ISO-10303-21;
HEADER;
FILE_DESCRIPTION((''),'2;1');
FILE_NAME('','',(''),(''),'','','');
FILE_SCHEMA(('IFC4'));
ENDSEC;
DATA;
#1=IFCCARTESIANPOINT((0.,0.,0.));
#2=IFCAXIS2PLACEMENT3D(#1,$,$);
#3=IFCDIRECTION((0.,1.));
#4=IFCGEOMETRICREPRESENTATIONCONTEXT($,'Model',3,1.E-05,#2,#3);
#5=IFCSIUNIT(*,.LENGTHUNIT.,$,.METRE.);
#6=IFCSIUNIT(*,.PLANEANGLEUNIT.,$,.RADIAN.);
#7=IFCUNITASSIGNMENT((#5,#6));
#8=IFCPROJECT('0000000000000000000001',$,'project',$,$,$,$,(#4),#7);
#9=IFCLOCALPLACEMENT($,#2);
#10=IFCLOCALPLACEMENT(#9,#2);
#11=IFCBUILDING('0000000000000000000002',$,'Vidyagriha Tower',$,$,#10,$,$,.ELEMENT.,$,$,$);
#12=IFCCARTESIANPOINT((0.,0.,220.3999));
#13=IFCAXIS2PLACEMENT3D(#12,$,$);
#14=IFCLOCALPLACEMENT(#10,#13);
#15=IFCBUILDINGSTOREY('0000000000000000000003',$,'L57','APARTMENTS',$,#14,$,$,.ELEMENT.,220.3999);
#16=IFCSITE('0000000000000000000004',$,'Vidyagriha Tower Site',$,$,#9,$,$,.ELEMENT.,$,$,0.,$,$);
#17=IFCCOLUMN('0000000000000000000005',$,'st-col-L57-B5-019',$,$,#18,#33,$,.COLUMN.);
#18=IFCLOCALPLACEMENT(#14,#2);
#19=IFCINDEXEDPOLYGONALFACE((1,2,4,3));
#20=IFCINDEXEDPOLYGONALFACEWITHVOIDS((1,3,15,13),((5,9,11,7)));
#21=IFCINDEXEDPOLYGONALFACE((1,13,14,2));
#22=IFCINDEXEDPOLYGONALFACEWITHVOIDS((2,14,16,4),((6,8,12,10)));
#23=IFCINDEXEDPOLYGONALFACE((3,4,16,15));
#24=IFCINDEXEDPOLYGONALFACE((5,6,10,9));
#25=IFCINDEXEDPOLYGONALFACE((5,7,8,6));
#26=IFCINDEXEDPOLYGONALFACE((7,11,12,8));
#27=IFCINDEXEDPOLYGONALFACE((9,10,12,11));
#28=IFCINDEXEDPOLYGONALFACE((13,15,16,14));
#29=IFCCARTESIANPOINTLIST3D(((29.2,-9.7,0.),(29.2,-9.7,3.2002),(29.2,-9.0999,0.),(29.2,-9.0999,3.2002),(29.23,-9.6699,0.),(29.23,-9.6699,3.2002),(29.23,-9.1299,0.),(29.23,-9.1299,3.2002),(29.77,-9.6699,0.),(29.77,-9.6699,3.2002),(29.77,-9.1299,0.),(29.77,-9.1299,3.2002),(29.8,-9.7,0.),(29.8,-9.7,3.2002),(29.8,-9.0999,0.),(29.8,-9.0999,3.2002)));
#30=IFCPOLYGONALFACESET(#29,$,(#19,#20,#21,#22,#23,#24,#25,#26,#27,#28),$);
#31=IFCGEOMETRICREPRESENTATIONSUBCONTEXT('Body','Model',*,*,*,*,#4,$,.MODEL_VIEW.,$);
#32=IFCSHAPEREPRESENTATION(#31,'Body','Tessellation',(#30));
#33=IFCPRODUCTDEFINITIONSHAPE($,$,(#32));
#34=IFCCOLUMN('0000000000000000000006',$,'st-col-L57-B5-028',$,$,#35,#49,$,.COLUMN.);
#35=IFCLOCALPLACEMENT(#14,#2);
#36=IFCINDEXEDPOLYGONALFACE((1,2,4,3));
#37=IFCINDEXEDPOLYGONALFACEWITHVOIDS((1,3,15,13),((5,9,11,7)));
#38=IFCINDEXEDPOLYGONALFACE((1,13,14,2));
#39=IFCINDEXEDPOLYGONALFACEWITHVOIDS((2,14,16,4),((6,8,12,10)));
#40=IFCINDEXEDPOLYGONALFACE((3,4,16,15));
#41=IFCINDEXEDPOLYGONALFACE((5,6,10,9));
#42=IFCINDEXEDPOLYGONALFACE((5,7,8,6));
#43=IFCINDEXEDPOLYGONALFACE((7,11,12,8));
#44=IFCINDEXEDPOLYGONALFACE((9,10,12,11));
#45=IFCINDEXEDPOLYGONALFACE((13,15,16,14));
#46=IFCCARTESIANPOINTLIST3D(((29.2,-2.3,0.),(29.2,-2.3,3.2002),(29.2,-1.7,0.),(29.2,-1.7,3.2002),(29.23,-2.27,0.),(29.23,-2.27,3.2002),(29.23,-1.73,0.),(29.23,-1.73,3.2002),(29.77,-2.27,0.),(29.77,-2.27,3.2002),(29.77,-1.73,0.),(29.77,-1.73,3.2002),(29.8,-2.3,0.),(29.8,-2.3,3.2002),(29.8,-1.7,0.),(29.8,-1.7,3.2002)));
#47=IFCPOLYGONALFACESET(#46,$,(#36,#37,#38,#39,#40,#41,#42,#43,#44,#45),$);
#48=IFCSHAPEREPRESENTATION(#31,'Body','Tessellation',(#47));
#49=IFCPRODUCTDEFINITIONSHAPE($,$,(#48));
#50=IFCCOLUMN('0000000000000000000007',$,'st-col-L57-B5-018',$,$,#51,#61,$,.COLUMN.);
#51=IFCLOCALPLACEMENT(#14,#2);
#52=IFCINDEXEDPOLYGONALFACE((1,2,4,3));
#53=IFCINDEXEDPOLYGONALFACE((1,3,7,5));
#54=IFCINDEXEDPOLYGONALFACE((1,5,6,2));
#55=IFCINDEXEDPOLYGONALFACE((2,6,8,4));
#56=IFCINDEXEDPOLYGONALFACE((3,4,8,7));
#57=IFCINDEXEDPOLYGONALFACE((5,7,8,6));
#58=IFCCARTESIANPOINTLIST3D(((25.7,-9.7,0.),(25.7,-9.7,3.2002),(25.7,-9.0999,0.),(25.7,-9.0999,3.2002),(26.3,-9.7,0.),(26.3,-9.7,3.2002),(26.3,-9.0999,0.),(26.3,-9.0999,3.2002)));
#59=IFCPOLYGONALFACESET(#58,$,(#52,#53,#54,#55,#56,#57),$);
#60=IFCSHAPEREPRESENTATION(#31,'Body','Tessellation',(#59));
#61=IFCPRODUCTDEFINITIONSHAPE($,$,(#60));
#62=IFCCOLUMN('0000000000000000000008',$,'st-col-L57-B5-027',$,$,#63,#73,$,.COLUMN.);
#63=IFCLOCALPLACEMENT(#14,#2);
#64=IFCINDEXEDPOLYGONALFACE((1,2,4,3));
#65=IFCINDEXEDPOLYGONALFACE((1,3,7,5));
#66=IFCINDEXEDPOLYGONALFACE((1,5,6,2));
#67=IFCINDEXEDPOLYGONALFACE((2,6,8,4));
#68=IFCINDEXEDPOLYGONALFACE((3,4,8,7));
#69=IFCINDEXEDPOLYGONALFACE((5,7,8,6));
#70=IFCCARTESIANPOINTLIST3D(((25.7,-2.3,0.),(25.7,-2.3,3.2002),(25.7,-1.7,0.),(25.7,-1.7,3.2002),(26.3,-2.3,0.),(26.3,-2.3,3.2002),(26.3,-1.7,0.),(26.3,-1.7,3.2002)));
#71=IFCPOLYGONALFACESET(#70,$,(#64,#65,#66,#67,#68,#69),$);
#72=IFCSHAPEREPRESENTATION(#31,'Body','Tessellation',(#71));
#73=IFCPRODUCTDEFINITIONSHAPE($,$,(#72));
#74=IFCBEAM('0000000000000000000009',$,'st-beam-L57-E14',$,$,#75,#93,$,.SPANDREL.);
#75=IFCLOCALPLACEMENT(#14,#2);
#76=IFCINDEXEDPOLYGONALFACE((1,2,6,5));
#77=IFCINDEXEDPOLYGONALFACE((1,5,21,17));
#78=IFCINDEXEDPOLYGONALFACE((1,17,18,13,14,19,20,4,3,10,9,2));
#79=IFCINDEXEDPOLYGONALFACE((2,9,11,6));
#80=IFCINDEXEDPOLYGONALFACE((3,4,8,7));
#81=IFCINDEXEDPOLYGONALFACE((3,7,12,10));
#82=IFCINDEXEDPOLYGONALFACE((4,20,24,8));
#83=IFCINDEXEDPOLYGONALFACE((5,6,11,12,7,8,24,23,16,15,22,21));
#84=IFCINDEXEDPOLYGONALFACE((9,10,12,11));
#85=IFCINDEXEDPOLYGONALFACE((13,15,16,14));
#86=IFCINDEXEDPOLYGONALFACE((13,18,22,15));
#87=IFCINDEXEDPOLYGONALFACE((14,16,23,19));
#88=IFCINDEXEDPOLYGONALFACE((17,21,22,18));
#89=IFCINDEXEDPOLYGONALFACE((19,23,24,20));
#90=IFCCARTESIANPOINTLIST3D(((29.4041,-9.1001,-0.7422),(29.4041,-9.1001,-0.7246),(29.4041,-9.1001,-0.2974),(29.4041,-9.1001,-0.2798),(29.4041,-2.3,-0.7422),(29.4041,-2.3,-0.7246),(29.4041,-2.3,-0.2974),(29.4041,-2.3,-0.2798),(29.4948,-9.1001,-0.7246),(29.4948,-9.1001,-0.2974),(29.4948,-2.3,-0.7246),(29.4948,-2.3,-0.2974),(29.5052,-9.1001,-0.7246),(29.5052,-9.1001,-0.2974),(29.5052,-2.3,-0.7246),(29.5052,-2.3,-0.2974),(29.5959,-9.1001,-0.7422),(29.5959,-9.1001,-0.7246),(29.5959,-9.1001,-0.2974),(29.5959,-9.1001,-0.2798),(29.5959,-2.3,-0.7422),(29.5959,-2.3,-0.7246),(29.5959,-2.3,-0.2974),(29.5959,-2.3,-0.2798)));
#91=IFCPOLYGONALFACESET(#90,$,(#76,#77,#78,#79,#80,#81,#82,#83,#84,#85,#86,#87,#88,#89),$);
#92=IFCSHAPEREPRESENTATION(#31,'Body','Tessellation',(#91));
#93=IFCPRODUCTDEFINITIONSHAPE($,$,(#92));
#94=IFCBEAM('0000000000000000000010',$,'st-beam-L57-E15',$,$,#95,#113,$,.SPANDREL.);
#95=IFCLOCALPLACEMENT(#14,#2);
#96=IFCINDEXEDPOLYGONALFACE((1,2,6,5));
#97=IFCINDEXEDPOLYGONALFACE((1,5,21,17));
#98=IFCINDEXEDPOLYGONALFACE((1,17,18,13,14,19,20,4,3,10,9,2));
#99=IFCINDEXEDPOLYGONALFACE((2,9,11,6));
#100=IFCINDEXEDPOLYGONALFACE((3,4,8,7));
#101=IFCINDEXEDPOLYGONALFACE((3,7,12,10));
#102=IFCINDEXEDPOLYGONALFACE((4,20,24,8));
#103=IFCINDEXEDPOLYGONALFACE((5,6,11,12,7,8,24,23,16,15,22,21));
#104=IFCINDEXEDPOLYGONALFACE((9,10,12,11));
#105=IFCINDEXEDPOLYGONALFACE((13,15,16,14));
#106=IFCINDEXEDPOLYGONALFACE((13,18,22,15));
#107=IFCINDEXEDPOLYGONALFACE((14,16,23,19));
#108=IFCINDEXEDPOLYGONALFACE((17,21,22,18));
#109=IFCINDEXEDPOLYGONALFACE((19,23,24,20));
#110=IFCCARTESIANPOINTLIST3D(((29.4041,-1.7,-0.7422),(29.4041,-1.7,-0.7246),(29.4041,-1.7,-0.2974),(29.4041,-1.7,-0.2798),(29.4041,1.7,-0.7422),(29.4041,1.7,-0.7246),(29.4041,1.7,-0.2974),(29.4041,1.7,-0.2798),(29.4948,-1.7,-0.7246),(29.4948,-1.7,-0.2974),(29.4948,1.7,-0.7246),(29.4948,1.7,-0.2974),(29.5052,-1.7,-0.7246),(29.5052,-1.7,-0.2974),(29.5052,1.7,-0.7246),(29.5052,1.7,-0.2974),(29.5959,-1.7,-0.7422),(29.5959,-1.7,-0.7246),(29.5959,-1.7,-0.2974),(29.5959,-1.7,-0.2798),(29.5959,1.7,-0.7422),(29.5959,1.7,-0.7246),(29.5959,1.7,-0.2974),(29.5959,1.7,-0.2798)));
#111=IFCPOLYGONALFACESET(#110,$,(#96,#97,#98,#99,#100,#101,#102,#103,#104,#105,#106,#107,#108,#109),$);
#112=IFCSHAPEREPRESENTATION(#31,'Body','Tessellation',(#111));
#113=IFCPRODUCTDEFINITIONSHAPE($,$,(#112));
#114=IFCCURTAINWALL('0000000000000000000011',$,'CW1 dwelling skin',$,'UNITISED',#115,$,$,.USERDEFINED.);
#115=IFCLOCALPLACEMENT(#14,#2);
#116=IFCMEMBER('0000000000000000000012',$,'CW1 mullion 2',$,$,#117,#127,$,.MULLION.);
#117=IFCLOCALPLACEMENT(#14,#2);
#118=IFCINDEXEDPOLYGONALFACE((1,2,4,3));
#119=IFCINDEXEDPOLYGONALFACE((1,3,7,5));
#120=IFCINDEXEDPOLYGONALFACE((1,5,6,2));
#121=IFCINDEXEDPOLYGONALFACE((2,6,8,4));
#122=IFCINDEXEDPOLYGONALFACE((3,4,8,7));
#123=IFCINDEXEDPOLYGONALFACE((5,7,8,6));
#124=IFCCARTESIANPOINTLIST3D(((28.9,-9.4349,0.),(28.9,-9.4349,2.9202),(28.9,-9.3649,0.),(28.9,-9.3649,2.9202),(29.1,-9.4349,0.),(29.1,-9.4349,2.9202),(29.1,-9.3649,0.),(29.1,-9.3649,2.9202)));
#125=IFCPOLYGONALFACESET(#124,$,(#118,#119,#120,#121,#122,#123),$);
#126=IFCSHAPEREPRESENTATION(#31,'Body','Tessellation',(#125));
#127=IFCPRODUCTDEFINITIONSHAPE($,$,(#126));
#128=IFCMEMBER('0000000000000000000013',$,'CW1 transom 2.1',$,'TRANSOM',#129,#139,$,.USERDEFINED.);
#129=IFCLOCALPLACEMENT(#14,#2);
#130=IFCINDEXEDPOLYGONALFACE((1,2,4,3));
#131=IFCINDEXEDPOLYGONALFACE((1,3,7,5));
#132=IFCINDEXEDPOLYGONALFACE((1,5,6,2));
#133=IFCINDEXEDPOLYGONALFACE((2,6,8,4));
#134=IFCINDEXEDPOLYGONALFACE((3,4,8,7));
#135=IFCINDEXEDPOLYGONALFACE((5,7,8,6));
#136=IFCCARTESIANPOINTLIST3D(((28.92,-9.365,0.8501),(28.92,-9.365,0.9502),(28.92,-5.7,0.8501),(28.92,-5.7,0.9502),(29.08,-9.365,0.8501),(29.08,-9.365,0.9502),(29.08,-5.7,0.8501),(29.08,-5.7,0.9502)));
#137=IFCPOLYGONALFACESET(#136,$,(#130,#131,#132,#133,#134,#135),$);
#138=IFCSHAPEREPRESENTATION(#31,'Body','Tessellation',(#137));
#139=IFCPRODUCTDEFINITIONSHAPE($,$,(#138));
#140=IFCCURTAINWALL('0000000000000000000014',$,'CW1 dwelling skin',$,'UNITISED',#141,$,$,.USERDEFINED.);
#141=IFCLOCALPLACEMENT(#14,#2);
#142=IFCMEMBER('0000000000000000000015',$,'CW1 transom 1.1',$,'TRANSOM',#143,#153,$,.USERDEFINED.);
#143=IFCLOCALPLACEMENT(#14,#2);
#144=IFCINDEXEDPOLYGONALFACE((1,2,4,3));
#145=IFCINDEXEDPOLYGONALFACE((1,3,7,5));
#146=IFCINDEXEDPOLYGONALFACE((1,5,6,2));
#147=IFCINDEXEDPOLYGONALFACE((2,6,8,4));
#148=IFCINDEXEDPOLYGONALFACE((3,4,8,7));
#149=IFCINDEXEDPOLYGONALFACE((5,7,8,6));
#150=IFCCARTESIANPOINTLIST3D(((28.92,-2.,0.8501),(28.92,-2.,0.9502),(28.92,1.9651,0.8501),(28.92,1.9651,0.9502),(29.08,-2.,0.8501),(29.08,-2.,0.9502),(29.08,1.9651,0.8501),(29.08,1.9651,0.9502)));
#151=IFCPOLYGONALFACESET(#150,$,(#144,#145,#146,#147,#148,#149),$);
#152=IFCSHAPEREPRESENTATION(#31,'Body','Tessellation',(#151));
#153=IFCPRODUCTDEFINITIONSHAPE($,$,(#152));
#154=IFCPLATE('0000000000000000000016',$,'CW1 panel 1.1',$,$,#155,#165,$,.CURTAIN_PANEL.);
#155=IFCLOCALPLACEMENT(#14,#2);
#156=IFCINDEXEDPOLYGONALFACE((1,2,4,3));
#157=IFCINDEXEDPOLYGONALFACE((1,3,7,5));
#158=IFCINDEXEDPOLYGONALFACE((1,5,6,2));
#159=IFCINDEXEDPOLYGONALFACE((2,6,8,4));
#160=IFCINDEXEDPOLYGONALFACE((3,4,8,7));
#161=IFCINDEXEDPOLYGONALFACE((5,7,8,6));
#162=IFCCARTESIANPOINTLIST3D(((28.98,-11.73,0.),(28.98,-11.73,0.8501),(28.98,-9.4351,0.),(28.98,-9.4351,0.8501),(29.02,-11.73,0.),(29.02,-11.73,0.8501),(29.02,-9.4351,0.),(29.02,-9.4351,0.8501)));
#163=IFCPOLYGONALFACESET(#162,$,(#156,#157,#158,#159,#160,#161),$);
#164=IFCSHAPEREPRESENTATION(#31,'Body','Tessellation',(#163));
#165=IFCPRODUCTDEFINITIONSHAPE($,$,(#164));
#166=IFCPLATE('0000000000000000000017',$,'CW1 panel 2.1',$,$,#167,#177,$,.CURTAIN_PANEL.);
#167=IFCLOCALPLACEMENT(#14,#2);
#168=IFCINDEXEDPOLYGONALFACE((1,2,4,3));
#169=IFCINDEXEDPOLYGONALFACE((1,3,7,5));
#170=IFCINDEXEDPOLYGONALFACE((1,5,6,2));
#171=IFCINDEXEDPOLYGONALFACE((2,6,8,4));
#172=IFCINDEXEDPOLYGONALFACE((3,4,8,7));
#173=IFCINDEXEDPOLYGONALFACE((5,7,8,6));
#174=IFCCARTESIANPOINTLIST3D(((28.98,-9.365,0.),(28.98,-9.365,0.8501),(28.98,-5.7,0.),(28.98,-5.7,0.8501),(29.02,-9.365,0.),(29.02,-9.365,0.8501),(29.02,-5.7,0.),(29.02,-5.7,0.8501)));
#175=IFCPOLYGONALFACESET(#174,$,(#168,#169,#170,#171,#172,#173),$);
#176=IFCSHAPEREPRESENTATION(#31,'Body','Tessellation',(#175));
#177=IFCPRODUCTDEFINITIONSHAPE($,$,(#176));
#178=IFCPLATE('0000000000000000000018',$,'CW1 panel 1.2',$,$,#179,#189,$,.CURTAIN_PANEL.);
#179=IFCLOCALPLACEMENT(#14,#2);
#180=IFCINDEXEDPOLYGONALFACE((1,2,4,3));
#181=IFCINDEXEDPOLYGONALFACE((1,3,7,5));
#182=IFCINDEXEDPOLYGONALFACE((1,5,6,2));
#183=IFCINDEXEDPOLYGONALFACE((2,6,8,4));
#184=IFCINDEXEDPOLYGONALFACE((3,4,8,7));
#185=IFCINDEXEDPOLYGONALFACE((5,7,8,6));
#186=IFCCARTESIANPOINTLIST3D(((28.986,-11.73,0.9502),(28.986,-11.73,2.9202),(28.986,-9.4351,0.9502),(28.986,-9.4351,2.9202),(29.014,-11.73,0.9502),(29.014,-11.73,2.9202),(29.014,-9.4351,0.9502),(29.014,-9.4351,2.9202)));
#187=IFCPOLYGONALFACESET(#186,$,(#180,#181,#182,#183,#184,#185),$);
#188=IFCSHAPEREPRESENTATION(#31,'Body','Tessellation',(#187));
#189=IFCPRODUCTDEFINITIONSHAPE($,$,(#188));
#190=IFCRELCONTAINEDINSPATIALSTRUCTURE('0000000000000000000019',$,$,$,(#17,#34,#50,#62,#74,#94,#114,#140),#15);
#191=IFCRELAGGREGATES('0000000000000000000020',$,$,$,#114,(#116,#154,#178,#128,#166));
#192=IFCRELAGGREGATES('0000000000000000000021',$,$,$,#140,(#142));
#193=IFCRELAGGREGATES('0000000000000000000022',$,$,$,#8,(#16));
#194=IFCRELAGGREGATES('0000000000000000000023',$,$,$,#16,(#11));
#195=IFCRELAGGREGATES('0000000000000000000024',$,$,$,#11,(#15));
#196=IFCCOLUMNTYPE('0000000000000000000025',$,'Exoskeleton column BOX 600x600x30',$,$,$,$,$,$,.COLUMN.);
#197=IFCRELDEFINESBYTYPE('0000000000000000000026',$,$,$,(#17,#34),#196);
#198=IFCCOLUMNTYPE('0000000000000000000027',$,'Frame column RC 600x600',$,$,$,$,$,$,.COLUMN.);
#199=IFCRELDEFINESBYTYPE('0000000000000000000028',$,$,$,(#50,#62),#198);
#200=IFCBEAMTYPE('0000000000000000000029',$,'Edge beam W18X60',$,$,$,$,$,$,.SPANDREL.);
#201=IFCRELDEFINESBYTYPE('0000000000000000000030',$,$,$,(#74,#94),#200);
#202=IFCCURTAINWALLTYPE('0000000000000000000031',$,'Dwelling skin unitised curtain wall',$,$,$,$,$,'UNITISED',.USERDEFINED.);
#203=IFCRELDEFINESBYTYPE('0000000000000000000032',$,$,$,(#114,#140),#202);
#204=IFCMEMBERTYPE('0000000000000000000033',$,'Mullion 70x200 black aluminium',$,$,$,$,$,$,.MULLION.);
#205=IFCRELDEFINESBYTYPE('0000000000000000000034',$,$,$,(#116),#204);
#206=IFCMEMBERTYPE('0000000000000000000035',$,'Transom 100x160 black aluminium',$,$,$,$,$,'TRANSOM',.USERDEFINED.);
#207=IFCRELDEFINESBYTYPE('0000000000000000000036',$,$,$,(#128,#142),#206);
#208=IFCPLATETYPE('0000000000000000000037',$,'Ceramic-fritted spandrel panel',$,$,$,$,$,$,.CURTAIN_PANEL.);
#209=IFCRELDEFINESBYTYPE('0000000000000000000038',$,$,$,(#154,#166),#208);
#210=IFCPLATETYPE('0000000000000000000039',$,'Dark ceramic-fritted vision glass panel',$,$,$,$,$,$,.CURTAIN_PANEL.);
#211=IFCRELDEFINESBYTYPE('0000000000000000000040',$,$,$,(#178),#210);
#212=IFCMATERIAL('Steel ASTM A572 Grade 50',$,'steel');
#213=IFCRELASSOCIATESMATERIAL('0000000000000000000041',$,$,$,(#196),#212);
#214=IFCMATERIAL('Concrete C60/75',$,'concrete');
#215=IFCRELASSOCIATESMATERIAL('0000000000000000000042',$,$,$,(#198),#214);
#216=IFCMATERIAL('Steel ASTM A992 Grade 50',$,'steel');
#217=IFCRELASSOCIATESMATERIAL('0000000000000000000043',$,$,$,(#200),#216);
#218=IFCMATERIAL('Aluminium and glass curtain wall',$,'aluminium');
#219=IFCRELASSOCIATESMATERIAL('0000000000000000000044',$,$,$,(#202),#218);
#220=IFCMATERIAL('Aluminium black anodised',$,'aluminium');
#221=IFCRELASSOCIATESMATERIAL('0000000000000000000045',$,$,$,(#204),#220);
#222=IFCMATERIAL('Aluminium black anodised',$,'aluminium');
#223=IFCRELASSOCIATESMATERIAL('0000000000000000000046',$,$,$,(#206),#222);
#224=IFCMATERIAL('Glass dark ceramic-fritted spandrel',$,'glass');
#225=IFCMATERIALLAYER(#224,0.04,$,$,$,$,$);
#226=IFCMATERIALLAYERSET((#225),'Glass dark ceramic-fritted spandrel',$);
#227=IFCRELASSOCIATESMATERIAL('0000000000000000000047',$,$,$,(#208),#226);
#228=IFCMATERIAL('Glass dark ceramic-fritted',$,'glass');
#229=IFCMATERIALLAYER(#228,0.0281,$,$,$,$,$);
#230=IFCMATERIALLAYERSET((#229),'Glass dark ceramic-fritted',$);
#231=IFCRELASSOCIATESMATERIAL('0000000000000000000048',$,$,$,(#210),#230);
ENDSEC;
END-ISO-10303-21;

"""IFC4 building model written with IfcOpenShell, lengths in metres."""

from ifc_helpers import new_model, si_unit, direction, frame, origin, origin_2d, place, context, subcontext, project, spatial, rectangle, hollow_rectangle, i_section, extrude, material, layer, layer_set, material_profile, profile_set, type_object, element, aggregate, save


model = new_model("IFC4")

# Units and contexts
model_context = context("Model", 3, precision=1e-05, world=origin(), true_north=direction((0.0, 1.0)))
body_context = subcontext(model_context, "Body", "Model", "MODEL_VIEW")
ifc_project = project(units=[si_unit("LENGTHUNIT", "METRE"), si_unit("PLANEANGLEUNIT", "RADIAN")], contexts=[model_context])

# Site, building, storey
site_placement = place(None, origin())
site = spatial("IfcSite", under=ifc_project, at=site_placement, Name="Vidyagriha Tower Site", CompositionType="ELEMENT", RefElevation=0.0)
building_placement = place(site_placement, origin())
building = spatial("IfcBuilding", under=site, at=building_placement, Name="Vidyagriha Tower", CompositionType="ELEMENT")
storey_placement = place(building_placement, frame((0.0, 0.0, 220.3999)))
storey = spatial("IfcBuildingStorey", under=building, at=storey_placement, Name="L57", Description="APARTMENTS", CompositionType="ELEMENT", Elevation=220.3999)

# Columns
ifc_material_1 = material(Name="Steel ASTM A572 Grade 50", Category="steel")
ifc_material_profile_1 = material_profile(ifc_material_1, hollow_rectangle(XDim=0.6001, YDim=0.6001, WallThickness=0.03, at=origin_2d()), Name="BOX 600x600x30")
ifc_profile_set_1 = profile_set([ifc_material_profile_1], Name="Steel ASTM A572 Grade 50")
column_type_1 = type_object("IfcColumnType", Name="Exoskeleton column BOX 600x600x30", PredefinedType="COLUMN", material=ifc_profile_set_1)
for number, where, name in (
    (1, (29.5, -9.3999, 0.0), "st-col-L57-B5-019"),
    (2, (29.5, -2.0, 0.0), "st-col-L57-B5-028"),
):
    element("IfcColumn", number, at=place(storey_placement, frame(where)), inside=storey, type_object=column_type_1, Name=name, PredefinedType="COLUMN", context=body_context, shape_type="SweptSolid", body=[
        extrude(hollow_rectangle(XDim=0.6001, YDim=0.6001, WallThickness=0.03, at=origin_2d()), origin(), (0.0, 0.0, 1.0), 3.2002),
    ])
ifc_material_2 = material(Name="Concrete C60/75", Category="concrete")
ifc_material_profile_2 = material_profile(ifc_material_2, rectangle(XDim=0.6001, YDim=0.6001, at=origin_2d()), Name="RC 600x600")
ifc_profile_set_2 = profile_set([ifc_material_profile_2], Name="Concrete C60/75")
column_type_2 = type_object("IfcColumnType", Name="Frame column RC 600x600", PredefinedType="COLUMN", material=ifc_profile_set_2)
for number, where, name in (
    (3, (26.0, -9.3999, 0.0), "st-col-L57-B5-018"),
    (4, (26.0, -2.0, 0.0), "st-col-L57-B5-027"),
):
    element("IfcColumn", number, at=place(storey_placement, frame(where)), inside=storey, type_object=column_type_2, Name=name, PredefinedType="COLUMN", context=body_context, shape_type="SweptSolid", body=[
        extrude(rectangle(XDim=0.6001, YDim=0.6001, at=origin_2d()), origin(), (0.0, 0.0, 1.0), 3.2002),
    ])

# Beams
ifc_material_3 = material(Name="Steel ASTM A992 Grade 50", Category="steel")
ifc_material_profile_3 = material_profile(ifc_material_3, i_section(OverallWidth=0.1919, OverallDepth=0.4624, WebThickness=0.0105, FlangeThickness=0.0176, at=origin_2d()), Name="W18X60")
ifc_profile_set_3 = profile_set([ifc_material_profile_3], Name="Steel ASTM A992 Grade 50")
beam_type = type_object("IfcBeamType", Name="Edge beam W18X60", PredefinedType="SPANDREL", material=ifc_profile_set_3)
beam_1_placement = place(storey_placement, frame((29.5, -9.1001, -0.511), z_axis=(0.0, 1.0, 0.0), x_axis=(-1.0, 0.0, 0.0)))
element("IfcBeam", 5, at=beam_1_placement, inside=storey, type_object=beam_type, Name="st-beam-L57-E14", PredefinedType="SPANDREL", context=body_context, shape_type="SweptSolid", body=[
    extrude(i_section(OverallWidth=0.1919, OverallDepth=0.4624, WebThickness=0.0105, FlangeThickness=0.0176, at=origin_2d()), origin(), (0.0, 0.0, 1.0), 6.8),
])
beam_2_placement = place(storey_placement, frame((29.5, -1.7, -0.511), z_axis=(0.0, 1.0, 0.0), x_axis=(-1.0, 0.0, 0.0)))
element("IfcBeam", 6, at=beam_2_placement, inside=storey, type_object=beam_type, Name="st-beam-L57-E15", PredefinedType="SPANDREL", context=body_context, shape_type="SweptSolid", body=[
    extrude(i_section(OverallWidth=0.1919, OverallDepth=0.4624, WebThickness=0.0105, FlangeThickness=0.0176, at=origin_2d()), origin(), (0.0, 0.0, 1.0), 3.3999),
])

# Curtain wall, members
ifc_material_4 = material(Name="Aluminium and glass curtain wall", Category="aluminium")
curtain_wall_type = type_object("IfcCurtainWallType", Name="Dwelling skin unitised curtain wall", ElementType="UNITISED", PredefinedType="USERDEFINED", material=ifc_material_4)
curtain_wall_1_placement = place(storey_placement, origin())
curtain_wall_1 = element("IfcCurtainWall", 7, at=curtain_wall_1_placement, inside=storey, type_object=curtain_wall_type, Name="CW1 dwelling skin", ObjectType="UNITISED", PredefinedType="USERDEFINED")
ifc_material_5 = material(Name="Aluminium black anodised", Category="aluminium")
ifc_material_profile_4 = material_profile(ifc_material_5, rectangle(XDim=0.2, YDim=0.0701, at=origin_2d()), Name="Mullion 70x200 black aluminium")
ifc_profile_set_4 = profile_set([ifc_material_profile_4], Name="Aluminium black anodised")
member_type_1 = type_object("IfcMemberType", Name="Mullion 70x200 black aluminium", PredefinedType="MULLION", material=ifc_profile_set_4)
member_1_placement = place(storey_placement, frame((29.0, -9.3999, 0.0), z_axis=(0.0, 0.0, 1.0), x_axis=(-1.0, 0.0, 0.0)))
member_1 = element("IfcMember", 8, at=member_1_placement, type_object=member_type_1, Name="CW1 mullion 2", PredefinedType="MULLION", context=body_context, shape_type="SweptSolid", body=[
    extrude(rectangle(XDim=0.2, YDim=0.0701, at=origin_2d()), origin(), (0.0, 0.0, 1.0), 2.9202),
])
ifc_material_6 = material(Name="Aluminium black anodised", Category="aluminium")
ifc_material_profile_5 = material_profile(ifc_material_6, rectangle(XDim=0.1599, YDim=0.1001, at=origin_2d()), Name="Transom 100x160 black aluminium")
ifc_profile_set_5 = profile_set([ifc_material_profile_5], Name="Aluminium black anodised")
member_type_2 = type_object("IfcMemberType", Name="Transom 100x160 black aluminium", ElementType="TRANSOM", PredefinedType="USERDEFINED", material=ifc_profile_set_5)
member_2_placement = place(storey_placement, frame((29.0, -9.365, 0.9001), z_axis=(0.0, 1.0, 0.0), x_axis=(-1.0, 0.0, 0.0)))
member_2 = element("IfcMember", 9, at=member_2_placement, type_object=member_type_2, Name="CW1 transom 2.1", ObjectType="TRANSOM", PredefinedType="USERDEFINED", context=body_context, shape_type="SweptSolid", body=[
    extrude(rectangle(XDim=0.1599, YDim=0.1001, at=origin_2d()), origin(), (0.0, 0.0, 1.0), 3.665),
])

# Curtain wall, member
curtain_wall_2_placement = place(storey_placement, origin())
curtain_wall_2 = element("IfcCurtainWall", 10, at=curtain_wall_2_placement, inside=storey, type_object=curtain_wall_type, Name="CW1 dwelling skin", ObjectType="UNITISED", PredefinedType="USERDEFINED")
member_3_placement = place(storey_placement, frame((29.0, -2.0, 0.9001), z_axis=(0.0, 1.0, 0.0), x_axis=(-1.0, 0.0, 0.0)))
member_3 = element("IfcMember", 11, at=member_3_placement, type_object=member_type_2, Name="CW1 transom 1.1", ObjectType="TRANSOM", PredefinedType="USERDEFINED", context=body_context, shape_type="SweptSolid", body=[
    extrude(rectangle(XDim=0.1599, YDim=0.1001, at=origin_2d()), origin(), (0.0, 0.0, 1.0), 3.9651),
])

# Plates
ifc_material_7 = material(Name="Glass dark ceramic-fritted spandrel", Category="glass")
ifc_layer_1 = layer(ifc_material_7, 0.04)
ifc_layer_set_1 = layer_set([ifc_layer_1], Name="Glass dark ceramic-fritted spandrel")
plate_type_1 = type_object("IfcPlateType", Name="Ceramic-fritted spandrel panel", PredefinedType="CURTAIN_PANEL", material=ifc_layer_set_1)
plate_1_placement = place(storey_placement, frame((29.0, -10.5825, 0.0), z_axis=(0.0, 0.0, 1.0), x_axis=(0.0, 1.0, 0.0)))
plate_1 = element("IfcPlate", 12, at=plate_1_placement, type_object=plate_type_1, Name="CW1 panel 1.1", PredefinedType="CURTAIN_PANEL", context=body_context, shape_type="SweptSolid", body=[
    extrude(rectangle(XDim=2.2949, YDim=0.04, at=origin_2d()), origin(), (0.0, 0.0, 1.0), 0.8501),
])
plate_2_placement = place(storey_placement, frame((29.0, -7.5325, 0.0), z_axis=(0.0, 0.0, 1.0), x_axis=(0.0, 1.0, 0.0)))
plate_2 = element("IfcPlate", 13, at=plate_2_placement, type_object=plate_type_1, Name="CW1 panel 2.1", PredefinedType="CURTAIN_PANEL", context=body_context, shape_type="SweptSolid", body=[
    extrude(rectangle(XDim=3.665, YDim=0.04, at=origin_2d()), origin(), (0.0, 0.0, 1.0), 0.8501),
])
ifc_material_8 = material(Name="Glass dark ceramic-fritted", Category="glass")
ifc_layer_2 = layer(ifc_material_8, 0.0281)
ifc_layer_set_2 = layer_set([ifc_layer_2], Name="Glass dark ceramic-fritted")
plate_type_2 = type_object("IfcPlateType", Name="Dark ceramic-fritted vision glass panel", PredefinedType="CURTAIN_PANEL", material=ifc_layer_set_2)
plate_3_placement = place(storey_placement, frame((29.0, -10.5825, 0.9502), z_axis=(0.0, 0.0, 1.0), x_axis=(0.0, 1.0, 0.0)))
plate_3 = element("IfcPlate", 14, at=plate_3_placement, type_object=plate_type_2, Name="CW1 panel 1.2", PredefinedType="CURTAIN_PANEL", context=body_context, shape_type="SweptSolid", body=[
    extrude(rectangle(XDim=2.2949, YDim=0.0281, at=origin_2d()), origin(), (0.0, 0.0, 1.0), 1.97),
])
aggregate(curtain_wall_1, [member_1, plate_1, plate_3, member_2, plate_2])
aggregate(curtain_wall_2, [member_3])

save(model, "model.ifc")
